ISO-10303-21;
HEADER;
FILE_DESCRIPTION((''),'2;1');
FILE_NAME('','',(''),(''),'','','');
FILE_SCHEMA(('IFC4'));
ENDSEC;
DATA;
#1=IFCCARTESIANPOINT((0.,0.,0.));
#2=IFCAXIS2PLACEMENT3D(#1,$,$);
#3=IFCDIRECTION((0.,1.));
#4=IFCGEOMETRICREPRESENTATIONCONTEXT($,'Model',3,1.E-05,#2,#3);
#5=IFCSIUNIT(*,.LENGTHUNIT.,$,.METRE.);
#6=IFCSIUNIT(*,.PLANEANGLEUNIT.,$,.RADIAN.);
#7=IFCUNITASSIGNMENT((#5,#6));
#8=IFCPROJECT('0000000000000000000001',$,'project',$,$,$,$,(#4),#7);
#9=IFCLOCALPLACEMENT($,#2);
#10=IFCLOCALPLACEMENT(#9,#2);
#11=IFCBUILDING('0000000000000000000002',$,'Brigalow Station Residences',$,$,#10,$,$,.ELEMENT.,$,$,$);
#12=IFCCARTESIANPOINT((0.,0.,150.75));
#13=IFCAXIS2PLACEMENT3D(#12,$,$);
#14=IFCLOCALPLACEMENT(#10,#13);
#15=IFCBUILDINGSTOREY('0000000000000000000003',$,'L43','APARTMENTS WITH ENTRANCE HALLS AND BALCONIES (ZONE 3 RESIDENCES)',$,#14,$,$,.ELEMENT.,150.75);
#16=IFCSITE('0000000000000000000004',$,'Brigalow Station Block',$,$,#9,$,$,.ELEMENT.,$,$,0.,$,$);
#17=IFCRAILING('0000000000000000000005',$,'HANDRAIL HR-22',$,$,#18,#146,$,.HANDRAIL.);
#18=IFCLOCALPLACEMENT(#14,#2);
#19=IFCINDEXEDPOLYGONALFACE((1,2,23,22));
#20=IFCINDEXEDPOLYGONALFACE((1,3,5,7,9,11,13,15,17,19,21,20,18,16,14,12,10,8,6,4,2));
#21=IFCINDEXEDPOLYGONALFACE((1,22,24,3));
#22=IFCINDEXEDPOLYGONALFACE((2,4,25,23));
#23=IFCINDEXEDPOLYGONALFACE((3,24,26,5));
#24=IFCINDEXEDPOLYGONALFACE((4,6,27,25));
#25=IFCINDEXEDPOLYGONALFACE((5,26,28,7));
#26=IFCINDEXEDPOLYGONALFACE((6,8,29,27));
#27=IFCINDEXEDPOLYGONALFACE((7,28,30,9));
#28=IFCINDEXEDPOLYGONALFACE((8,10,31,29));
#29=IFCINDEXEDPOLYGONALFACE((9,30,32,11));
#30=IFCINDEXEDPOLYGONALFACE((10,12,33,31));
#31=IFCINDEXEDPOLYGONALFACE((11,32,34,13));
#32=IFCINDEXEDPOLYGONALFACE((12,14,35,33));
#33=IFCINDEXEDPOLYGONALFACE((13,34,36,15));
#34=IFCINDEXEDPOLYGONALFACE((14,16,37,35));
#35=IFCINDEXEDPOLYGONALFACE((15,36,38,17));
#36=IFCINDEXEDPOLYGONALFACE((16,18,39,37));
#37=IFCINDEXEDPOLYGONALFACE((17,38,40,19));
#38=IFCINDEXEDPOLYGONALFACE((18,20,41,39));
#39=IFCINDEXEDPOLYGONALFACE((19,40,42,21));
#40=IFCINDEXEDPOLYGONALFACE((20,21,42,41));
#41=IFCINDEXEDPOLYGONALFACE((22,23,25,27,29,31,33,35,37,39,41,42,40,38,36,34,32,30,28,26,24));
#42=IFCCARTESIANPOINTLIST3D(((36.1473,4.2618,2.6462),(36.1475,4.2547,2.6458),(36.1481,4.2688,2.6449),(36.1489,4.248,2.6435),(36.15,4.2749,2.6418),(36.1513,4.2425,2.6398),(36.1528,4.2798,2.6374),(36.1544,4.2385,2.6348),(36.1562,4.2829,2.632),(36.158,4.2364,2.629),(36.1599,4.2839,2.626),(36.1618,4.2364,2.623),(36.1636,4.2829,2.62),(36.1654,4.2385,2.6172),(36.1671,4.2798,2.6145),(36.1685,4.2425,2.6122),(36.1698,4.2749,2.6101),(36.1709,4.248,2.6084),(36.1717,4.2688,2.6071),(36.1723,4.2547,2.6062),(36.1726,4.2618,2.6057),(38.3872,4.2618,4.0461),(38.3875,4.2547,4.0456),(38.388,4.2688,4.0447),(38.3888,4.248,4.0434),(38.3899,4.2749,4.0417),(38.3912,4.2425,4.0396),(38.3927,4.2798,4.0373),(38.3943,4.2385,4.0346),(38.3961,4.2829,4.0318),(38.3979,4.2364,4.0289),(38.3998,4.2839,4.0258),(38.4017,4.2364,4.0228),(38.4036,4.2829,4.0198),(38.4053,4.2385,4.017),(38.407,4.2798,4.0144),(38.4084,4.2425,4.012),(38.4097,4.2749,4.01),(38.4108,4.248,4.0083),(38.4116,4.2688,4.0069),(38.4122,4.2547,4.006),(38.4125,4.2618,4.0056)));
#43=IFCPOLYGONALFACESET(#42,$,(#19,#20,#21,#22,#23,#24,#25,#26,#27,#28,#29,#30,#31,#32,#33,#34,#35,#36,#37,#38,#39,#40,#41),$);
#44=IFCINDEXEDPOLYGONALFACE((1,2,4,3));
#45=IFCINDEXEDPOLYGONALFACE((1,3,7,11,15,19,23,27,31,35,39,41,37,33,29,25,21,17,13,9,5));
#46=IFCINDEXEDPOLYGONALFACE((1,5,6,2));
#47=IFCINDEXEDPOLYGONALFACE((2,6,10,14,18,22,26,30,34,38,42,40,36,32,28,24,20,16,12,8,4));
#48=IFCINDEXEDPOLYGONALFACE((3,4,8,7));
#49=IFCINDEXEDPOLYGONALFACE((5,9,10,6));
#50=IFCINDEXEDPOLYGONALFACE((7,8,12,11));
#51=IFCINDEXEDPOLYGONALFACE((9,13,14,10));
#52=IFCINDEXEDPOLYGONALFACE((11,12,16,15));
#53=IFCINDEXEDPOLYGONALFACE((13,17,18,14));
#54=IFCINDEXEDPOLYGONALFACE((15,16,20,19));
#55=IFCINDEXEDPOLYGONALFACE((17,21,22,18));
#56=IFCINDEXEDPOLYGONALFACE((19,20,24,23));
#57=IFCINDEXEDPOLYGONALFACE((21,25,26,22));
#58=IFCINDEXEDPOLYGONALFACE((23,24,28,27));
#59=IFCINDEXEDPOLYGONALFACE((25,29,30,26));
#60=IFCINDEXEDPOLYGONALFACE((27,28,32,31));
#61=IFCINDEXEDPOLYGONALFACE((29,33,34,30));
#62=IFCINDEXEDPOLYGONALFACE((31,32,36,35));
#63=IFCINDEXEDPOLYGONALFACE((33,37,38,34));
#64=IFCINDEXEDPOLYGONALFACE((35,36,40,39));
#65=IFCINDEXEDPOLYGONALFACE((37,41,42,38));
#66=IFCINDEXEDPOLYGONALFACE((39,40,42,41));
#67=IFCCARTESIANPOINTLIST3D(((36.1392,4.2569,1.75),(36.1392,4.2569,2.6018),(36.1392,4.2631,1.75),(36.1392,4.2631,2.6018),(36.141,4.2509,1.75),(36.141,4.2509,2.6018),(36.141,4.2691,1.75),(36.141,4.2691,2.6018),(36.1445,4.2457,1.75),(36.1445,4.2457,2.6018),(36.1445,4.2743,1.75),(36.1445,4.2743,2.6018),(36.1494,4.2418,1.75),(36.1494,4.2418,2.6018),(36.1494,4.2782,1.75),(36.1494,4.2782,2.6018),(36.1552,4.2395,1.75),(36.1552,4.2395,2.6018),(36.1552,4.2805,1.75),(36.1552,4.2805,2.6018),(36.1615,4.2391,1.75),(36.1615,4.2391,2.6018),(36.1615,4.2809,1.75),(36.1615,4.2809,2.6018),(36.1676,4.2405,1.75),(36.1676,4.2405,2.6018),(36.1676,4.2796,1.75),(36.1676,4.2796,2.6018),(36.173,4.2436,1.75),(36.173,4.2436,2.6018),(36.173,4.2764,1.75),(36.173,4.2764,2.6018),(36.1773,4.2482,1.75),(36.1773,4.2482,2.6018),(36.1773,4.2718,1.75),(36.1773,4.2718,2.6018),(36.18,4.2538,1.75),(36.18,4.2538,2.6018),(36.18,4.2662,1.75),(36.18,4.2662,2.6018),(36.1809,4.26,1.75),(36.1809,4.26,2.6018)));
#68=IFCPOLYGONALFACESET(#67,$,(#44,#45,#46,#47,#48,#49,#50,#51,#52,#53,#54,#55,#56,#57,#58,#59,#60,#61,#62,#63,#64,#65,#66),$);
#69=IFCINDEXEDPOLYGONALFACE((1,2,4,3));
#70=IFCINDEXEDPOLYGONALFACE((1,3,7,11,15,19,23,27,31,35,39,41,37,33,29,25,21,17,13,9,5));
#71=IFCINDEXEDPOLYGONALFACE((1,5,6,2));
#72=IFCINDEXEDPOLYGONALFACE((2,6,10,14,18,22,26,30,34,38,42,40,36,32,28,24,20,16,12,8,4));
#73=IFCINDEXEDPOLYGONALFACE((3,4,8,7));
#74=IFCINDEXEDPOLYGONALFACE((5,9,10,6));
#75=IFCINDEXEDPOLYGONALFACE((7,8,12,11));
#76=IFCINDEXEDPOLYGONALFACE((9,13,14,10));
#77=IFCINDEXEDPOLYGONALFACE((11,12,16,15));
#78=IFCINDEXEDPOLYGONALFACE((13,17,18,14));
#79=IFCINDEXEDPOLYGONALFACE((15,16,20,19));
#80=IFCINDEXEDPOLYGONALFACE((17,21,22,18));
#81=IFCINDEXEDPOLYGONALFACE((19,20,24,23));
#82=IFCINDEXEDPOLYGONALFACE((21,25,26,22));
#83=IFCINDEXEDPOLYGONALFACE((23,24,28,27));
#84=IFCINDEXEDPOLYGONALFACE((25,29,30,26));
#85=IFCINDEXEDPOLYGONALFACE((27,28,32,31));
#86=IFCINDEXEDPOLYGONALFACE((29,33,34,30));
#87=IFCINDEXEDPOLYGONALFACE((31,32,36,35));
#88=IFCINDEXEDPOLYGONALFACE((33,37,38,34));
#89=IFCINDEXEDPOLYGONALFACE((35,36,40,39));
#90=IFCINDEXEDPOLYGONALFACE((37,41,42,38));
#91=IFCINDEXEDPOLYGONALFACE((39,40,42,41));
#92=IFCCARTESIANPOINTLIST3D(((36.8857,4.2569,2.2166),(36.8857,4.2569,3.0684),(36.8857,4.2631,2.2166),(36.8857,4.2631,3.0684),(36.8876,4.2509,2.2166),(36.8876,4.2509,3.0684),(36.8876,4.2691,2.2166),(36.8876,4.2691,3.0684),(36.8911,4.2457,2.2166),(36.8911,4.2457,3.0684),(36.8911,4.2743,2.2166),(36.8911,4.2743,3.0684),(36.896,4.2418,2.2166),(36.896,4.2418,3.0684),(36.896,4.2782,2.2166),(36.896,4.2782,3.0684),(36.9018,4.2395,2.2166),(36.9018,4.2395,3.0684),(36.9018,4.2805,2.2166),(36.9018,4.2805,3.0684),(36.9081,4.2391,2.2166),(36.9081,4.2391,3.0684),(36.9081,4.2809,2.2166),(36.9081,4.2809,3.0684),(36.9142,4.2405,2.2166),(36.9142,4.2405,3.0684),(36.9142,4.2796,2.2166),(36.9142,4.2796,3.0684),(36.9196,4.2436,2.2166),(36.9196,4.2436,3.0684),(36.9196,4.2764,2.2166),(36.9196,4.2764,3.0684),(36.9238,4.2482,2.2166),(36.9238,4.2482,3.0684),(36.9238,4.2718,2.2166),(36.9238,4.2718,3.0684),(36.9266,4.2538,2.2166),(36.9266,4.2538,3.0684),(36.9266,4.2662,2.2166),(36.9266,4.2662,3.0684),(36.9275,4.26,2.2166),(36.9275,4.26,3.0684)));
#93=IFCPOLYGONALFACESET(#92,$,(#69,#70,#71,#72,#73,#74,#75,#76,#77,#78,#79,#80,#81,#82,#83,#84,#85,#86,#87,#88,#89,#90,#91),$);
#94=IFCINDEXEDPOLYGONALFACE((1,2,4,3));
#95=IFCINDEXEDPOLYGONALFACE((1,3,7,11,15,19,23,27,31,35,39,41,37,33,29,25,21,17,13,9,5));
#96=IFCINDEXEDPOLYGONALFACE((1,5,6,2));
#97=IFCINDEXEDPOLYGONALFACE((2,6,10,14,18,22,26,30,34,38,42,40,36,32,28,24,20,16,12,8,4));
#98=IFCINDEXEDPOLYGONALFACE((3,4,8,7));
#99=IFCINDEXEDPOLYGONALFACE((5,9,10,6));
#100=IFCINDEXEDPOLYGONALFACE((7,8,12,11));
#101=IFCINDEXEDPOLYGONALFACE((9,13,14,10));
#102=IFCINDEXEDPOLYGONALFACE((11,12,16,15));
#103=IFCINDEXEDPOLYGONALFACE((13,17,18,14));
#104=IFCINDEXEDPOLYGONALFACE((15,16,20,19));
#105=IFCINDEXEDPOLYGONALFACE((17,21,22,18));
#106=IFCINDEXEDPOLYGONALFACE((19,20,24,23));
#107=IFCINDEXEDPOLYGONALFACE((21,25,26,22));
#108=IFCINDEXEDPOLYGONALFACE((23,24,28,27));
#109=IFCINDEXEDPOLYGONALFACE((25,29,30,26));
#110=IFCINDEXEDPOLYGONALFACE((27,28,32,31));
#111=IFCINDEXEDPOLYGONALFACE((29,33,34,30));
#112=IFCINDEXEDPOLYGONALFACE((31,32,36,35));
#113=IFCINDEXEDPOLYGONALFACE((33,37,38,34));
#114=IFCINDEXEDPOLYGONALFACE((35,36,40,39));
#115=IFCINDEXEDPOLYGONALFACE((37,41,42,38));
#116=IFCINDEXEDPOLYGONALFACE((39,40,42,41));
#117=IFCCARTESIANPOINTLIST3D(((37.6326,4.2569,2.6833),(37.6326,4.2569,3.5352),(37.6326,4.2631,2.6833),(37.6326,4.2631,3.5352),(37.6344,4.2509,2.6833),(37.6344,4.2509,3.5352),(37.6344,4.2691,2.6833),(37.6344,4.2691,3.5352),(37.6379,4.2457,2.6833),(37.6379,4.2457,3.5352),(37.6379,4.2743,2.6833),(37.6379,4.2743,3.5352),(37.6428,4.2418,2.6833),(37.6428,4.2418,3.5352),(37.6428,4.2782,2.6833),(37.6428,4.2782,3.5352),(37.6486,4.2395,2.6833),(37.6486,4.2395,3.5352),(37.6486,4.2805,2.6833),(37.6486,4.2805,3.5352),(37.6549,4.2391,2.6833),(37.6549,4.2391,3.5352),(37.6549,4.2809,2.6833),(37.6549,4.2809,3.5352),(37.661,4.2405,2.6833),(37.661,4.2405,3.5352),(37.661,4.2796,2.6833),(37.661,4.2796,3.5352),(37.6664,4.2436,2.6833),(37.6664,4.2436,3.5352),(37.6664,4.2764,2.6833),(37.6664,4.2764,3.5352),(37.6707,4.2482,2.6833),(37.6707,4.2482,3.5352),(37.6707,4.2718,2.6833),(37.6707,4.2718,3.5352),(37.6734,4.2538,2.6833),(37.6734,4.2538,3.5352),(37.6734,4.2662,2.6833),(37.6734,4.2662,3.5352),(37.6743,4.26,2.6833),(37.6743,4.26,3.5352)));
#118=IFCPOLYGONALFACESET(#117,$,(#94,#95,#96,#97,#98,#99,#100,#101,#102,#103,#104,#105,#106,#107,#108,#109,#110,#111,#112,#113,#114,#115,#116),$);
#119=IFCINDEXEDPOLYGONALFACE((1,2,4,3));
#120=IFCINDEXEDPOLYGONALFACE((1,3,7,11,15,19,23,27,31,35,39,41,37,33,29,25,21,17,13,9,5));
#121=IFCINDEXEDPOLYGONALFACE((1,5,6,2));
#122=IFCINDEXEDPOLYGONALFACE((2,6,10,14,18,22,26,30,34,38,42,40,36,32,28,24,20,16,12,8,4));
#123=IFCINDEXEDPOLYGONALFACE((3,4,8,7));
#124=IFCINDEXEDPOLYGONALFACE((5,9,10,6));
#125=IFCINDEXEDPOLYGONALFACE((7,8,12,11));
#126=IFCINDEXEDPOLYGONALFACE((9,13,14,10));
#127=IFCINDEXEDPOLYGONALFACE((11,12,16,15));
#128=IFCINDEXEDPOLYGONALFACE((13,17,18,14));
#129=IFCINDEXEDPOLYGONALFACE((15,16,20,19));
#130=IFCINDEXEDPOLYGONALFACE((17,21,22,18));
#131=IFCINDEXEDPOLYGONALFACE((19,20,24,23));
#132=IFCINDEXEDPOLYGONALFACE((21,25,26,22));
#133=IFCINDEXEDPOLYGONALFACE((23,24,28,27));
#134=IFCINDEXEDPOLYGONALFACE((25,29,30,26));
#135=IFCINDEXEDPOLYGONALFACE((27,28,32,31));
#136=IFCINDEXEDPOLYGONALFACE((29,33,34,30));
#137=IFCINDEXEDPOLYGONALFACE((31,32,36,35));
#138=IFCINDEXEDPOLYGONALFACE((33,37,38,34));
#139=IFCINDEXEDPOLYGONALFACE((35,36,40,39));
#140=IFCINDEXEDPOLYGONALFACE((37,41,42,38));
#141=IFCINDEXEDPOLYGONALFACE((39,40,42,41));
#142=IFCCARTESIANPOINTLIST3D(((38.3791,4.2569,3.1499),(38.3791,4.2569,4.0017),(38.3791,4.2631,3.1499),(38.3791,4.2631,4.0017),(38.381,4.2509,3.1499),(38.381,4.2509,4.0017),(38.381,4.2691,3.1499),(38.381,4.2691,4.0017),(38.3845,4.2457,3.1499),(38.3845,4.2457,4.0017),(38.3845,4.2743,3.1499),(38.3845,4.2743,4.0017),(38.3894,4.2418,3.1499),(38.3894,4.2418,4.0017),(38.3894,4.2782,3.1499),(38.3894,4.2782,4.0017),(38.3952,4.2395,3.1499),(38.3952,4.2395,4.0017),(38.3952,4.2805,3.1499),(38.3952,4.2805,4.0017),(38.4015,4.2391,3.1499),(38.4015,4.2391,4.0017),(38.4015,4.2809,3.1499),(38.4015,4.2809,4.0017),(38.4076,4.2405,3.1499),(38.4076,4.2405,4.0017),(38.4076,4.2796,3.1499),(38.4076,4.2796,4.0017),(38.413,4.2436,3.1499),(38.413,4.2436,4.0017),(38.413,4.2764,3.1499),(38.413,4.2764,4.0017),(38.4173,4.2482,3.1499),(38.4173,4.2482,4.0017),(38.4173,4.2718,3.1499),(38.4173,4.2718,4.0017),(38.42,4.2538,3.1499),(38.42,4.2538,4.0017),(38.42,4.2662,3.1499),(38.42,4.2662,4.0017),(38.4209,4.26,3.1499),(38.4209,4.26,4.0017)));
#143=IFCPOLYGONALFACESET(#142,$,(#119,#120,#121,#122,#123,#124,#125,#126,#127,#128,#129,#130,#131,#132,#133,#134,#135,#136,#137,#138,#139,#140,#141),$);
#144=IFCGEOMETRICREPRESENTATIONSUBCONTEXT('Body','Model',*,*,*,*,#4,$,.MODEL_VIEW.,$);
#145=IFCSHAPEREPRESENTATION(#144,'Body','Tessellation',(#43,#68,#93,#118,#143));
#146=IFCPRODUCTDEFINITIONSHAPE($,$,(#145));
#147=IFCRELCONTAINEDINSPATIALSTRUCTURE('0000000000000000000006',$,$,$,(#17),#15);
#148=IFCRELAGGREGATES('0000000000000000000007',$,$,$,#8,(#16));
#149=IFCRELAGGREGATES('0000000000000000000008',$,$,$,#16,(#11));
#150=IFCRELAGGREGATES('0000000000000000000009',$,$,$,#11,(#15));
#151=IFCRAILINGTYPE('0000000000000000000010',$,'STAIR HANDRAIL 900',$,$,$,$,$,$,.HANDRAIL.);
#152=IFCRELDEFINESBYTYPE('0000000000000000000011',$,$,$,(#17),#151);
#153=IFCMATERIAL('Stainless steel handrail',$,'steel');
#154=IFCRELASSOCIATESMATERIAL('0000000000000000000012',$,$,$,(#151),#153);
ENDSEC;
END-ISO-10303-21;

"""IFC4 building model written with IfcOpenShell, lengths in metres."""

from ifc_helpers import new_model, si_unit, direction, frame, origin, origin_2d, place, context, subcontext, project, spatial, circle, extrude, material, type_object, element, save


model = new_model("IFC4")

# Units and contexts
model_context = context("Model", 3, precision=1e-05, world=origin(), true_north=direction((0.0, 1.0)))
body_context = subcontext(model_context, "Body", "Model", "MODEL_VIEW")
ifc_project = project(units=[si_unit("LENGTHUNIT", "METRE"), si_unit("PLANEANGLEUNIT", "RADIAN")], contexts=[model_context])

# Site, building, storey
site_placement = place(None, origin())
site = spatial("IfcSite", under=ifc_project, at=site_placement, Name="Brigalow Station Block", CompositionType="ELEMENT", RefElevation=0.0)
building_placement = place(site_placement, origin())
building = spatial("IfcBuilding", under=site, at=building_placement, Name="Brigalow Station Residences", CompositionType="ELEMENT")
storey_placement = place(building_placement, frame((0.0, 0.0, 150.75)))
storey = spatial("IfcBuildingStorey", under=building, at=storey_placement, Name="L43", Description="APARTMENTS WITH ENTRANCE HALLS AND BALCONIES (ZONE 3 RESIDENCES)", CompositionType="ELEMENT", Elevation=150.75)

# Railing
ifc_material_1 = material(Name="Stainless steel handrail", Category="steel")
railing_type_1 = type_object("IfcRailingType", Name="STAIR HANDRAIL 900", PredefinedType="HANDRAIL", material=ifc_material_1)
railing_1_placement = place(storey_placement, frame((36.1599, 4.26, 1.75)))
element("IfcRailing", 1, at=railing_1_placement, inside=storey, type_object=railing_type_1, Name="HANDRAIL HR-22", PredefinedType="HANDRAIL", context=body_context, shape_type="SweptSolid", body=[
    extrude(circle(Radius=0.0239, at=origin_2d()), frame((0.0, 0.0, 0.876), z_axis=(0.848014, 0.0, 0.529974), x_axis=(0.0, 1.0, 0.0)), (0.0, 0.0, 1.0), 2.6414),
    extrude(circle(Radius=0.021, at=origin_2d()), origin(), (0.0, 0.0, 1.0), 0.8518),
    extrude(circle(Radius=0.021, at=origin_2d()), frame((0.7466, 0.0, 0.4666)), (0.0, 0.0, 1.0), 0.8518),
    extrude(circle(Radius=0.021, at=origin_2d()), frame((1.4934, 0.0, 0.9333)), (0.0, 0.0, 1.0), 0.8518),
    extrude(circle(Radius=0.021, at=origin_2d()), frame((2.24, 0.0, 1.3999)), (0.0, 0.0, 1.0), 0.8518),
])

save(model, "model.ifc")
